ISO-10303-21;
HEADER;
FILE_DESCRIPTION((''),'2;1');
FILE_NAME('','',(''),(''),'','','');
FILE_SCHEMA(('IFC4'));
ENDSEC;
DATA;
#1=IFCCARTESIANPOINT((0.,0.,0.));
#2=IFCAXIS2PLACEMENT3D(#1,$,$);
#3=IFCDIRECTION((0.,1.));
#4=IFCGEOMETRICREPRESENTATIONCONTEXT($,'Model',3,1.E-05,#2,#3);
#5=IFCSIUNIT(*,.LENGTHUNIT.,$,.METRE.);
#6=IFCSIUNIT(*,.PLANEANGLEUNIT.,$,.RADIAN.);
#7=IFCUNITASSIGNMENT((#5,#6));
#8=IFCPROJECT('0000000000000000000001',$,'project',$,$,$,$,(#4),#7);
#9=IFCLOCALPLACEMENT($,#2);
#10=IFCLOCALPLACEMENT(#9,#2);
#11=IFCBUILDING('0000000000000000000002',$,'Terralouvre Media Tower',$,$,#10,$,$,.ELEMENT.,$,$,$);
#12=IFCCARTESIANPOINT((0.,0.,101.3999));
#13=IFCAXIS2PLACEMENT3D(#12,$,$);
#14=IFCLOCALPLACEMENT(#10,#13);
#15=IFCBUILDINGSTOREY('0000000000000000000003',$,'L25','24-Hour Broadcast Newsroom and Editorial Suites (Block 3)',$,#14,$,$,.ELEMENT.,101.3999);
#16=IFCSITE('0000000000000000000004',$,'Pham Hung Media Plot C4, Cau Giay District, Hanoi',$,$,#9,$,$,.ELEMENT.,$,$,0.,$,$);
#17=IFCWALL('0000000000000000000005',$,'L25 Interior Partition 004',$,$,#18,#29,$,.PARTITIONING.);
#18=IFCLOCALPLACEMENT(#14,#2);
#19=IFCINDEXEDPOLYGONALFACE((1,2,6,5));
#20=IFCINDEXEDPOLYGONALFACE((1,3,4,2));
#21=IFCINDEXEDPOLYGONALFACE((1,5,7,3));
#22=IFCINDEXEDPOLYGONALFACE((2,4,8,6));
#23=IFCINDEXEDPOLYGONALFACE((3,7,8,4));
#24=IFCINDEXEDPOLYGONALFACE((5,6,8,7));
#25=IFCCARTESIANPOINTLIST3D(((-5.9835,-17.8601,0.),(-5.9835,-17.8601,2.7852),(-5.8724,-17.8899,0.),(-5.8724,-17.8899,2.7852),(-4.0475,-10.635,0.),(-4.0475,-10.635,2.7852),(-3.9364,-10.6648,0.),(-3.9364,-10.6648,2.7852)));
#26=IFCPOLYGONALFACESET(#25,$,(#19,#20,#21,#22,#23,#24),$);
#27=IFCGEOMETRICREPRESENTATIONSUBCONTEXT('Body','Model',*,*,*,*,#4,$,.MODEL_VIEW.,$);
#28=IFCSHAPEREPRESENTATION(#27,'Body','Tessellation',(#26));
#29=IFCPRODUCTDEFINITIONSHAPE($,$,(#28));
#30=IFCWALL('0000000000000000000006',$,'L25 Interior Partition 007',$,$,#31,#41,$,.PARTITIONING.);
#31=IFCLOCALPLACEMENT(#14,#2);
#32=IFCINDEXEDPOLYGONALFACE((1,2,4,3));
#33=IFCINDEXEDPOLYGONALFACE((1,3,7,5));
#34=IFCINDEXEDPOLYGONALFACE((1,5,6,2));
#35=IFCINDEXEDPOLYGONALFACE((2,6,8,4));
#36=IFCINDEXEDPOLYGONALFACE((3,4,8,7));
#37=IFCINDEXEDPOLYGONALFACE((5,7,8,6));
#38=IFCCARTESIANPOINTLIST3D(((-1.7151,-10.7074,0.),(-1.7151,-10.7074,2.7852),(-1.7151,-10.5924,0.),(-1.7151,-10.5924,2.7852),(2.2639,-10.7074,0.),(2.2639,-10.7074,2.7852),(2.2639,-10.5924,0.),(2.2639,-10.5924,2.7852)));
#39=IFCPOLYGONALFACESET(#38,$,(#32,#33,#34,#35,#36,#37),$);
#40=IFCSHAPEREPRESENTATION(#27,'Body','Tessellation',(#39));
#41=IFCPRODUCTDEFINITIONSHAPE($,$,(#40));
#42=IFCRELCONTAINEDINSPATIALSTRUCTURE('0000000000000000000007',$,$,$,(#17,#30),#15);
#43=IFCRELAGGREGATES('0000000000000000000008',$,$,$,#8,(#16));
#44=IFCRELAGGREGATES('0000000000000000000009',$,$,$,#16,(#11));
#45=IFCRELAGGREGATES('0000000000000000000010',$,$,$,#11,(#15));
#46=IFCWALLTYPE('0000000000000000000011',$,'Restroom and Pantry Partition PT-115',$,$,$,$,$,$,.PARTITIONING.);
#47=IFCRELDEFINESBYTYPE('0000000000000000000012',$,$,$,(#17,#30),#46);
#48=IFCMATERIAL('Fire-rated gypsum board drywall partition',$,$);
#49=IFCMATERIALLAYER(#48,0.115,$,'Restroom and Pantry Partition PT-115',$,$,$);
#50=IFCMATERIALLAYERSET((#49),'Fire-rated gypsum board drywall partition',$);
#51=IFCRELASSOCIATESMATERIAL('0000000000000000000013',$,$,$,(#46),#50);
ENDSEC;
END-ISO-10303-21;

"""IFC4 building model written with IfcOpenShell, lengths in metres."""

from ifc_helpers import new_model, si_unit, direction, frame, frame_2d, origin, place, context, subcontext, project, spatial, rectangle, extrude, material, layer, layer_set, type_object, element, save


model = new_model("IFC4")

# Units and contexts
model_context = context("Model", 3, precision=1e-05, world=origin(), true_north=direction((0.0, 1.0)))
body_context = subcontext(model_context, "Body", "Model", "MODEL_VIEW")
ifc_project = project(units=[si_unit("LENGTHUNIT", "METRE"), si_unit("PLANEANGLEUNIT", "RADIAN")], contexts=[model_context])

# Site, building, storey
site_placement = place(None, origin())
site = spatial("IfcSite", under=ifc_project, at=site_placement, Name="Pham Hung Media Plot C4, Cau Giay District, Hanoi", CompositionType="ELEMENT", RefElevation=0.0)
building_placement = place(site_placement, origin())
building = spatial("IfcBuilding", under=site, at=building_placement, Name="Terralouvre Media Tower", CompositionType="ELEMENT")
storey_placement = place(building_placement, frame((0.0, 0.0, 101.3999)))
storey = spatial("IfcBuildingStorey", under=building, at=storey_placement, Name="L25", Description="24-Hour Broadcast Newsroom and Editorial Suites (Block 3)", CompositionType="ELEMENT", Elevation=101.3999)

# Walls
ifc_material_1 = material(Name="Fire-rated gypsum board drywall partition")
ifc_layer_1 = layer(ifc_material_1, 0.115, Name="Restroom and Pantry Partition PT-115")
ifc_layer_set_1 = layer_set([ifc_layer_1], Name="Fire-rated gypsum board drywall partition")
wall_type_1 = type_object("IfcWallType", Name="Restroom and Pantry Partition PT-115", PredefinedType="PARTITIONING", material=ifc_layer_set_1)
wall_1_placement = place(storey_placement, frame((-3.9919, -10.6499, 0.0), z_axis=(0.0, 0.0, 1.0), x_axis=(-0.258829, -0.965923, 0.0)))
element("IfcWall", 1, at=wall_1_placement, inside=storey, type_object=wall_type_1, Name="L25 Interior Partition 004", PredefinedType="PARTITIONING", context=body_context, shape_type="SweptSolid", body=[
    extrude(rectangle(XDim=7.48, YDim=0.115, at=frame_2d((3.74, 0.0))), origin(), (0.0, 0.0, 1.0), 2.7852),
])
wall_2_placement = place(storey_placement, frame((-1.7151, -10.6499, 0.0), z_axis=(0.0, 0.0, 1.0), x_axis=(1.0, 0.0, 0.0)))
element("IfcWall", 2, at=wall_2_placement, inside=storey, type_object=wall_type_1, Name="L25 Interior Partition 007", PredefinedType="PARTITIONING", context=body_context, shape_type="SweptSolid", body=[
    extrude(rectangle(XDim=3.979, YDim=0.115, at=frame_2d((1.9895, 0.0))), origin(), (0.0, 0.0, 1.0), 2.7852),
])

save(model, "model.ifc")
